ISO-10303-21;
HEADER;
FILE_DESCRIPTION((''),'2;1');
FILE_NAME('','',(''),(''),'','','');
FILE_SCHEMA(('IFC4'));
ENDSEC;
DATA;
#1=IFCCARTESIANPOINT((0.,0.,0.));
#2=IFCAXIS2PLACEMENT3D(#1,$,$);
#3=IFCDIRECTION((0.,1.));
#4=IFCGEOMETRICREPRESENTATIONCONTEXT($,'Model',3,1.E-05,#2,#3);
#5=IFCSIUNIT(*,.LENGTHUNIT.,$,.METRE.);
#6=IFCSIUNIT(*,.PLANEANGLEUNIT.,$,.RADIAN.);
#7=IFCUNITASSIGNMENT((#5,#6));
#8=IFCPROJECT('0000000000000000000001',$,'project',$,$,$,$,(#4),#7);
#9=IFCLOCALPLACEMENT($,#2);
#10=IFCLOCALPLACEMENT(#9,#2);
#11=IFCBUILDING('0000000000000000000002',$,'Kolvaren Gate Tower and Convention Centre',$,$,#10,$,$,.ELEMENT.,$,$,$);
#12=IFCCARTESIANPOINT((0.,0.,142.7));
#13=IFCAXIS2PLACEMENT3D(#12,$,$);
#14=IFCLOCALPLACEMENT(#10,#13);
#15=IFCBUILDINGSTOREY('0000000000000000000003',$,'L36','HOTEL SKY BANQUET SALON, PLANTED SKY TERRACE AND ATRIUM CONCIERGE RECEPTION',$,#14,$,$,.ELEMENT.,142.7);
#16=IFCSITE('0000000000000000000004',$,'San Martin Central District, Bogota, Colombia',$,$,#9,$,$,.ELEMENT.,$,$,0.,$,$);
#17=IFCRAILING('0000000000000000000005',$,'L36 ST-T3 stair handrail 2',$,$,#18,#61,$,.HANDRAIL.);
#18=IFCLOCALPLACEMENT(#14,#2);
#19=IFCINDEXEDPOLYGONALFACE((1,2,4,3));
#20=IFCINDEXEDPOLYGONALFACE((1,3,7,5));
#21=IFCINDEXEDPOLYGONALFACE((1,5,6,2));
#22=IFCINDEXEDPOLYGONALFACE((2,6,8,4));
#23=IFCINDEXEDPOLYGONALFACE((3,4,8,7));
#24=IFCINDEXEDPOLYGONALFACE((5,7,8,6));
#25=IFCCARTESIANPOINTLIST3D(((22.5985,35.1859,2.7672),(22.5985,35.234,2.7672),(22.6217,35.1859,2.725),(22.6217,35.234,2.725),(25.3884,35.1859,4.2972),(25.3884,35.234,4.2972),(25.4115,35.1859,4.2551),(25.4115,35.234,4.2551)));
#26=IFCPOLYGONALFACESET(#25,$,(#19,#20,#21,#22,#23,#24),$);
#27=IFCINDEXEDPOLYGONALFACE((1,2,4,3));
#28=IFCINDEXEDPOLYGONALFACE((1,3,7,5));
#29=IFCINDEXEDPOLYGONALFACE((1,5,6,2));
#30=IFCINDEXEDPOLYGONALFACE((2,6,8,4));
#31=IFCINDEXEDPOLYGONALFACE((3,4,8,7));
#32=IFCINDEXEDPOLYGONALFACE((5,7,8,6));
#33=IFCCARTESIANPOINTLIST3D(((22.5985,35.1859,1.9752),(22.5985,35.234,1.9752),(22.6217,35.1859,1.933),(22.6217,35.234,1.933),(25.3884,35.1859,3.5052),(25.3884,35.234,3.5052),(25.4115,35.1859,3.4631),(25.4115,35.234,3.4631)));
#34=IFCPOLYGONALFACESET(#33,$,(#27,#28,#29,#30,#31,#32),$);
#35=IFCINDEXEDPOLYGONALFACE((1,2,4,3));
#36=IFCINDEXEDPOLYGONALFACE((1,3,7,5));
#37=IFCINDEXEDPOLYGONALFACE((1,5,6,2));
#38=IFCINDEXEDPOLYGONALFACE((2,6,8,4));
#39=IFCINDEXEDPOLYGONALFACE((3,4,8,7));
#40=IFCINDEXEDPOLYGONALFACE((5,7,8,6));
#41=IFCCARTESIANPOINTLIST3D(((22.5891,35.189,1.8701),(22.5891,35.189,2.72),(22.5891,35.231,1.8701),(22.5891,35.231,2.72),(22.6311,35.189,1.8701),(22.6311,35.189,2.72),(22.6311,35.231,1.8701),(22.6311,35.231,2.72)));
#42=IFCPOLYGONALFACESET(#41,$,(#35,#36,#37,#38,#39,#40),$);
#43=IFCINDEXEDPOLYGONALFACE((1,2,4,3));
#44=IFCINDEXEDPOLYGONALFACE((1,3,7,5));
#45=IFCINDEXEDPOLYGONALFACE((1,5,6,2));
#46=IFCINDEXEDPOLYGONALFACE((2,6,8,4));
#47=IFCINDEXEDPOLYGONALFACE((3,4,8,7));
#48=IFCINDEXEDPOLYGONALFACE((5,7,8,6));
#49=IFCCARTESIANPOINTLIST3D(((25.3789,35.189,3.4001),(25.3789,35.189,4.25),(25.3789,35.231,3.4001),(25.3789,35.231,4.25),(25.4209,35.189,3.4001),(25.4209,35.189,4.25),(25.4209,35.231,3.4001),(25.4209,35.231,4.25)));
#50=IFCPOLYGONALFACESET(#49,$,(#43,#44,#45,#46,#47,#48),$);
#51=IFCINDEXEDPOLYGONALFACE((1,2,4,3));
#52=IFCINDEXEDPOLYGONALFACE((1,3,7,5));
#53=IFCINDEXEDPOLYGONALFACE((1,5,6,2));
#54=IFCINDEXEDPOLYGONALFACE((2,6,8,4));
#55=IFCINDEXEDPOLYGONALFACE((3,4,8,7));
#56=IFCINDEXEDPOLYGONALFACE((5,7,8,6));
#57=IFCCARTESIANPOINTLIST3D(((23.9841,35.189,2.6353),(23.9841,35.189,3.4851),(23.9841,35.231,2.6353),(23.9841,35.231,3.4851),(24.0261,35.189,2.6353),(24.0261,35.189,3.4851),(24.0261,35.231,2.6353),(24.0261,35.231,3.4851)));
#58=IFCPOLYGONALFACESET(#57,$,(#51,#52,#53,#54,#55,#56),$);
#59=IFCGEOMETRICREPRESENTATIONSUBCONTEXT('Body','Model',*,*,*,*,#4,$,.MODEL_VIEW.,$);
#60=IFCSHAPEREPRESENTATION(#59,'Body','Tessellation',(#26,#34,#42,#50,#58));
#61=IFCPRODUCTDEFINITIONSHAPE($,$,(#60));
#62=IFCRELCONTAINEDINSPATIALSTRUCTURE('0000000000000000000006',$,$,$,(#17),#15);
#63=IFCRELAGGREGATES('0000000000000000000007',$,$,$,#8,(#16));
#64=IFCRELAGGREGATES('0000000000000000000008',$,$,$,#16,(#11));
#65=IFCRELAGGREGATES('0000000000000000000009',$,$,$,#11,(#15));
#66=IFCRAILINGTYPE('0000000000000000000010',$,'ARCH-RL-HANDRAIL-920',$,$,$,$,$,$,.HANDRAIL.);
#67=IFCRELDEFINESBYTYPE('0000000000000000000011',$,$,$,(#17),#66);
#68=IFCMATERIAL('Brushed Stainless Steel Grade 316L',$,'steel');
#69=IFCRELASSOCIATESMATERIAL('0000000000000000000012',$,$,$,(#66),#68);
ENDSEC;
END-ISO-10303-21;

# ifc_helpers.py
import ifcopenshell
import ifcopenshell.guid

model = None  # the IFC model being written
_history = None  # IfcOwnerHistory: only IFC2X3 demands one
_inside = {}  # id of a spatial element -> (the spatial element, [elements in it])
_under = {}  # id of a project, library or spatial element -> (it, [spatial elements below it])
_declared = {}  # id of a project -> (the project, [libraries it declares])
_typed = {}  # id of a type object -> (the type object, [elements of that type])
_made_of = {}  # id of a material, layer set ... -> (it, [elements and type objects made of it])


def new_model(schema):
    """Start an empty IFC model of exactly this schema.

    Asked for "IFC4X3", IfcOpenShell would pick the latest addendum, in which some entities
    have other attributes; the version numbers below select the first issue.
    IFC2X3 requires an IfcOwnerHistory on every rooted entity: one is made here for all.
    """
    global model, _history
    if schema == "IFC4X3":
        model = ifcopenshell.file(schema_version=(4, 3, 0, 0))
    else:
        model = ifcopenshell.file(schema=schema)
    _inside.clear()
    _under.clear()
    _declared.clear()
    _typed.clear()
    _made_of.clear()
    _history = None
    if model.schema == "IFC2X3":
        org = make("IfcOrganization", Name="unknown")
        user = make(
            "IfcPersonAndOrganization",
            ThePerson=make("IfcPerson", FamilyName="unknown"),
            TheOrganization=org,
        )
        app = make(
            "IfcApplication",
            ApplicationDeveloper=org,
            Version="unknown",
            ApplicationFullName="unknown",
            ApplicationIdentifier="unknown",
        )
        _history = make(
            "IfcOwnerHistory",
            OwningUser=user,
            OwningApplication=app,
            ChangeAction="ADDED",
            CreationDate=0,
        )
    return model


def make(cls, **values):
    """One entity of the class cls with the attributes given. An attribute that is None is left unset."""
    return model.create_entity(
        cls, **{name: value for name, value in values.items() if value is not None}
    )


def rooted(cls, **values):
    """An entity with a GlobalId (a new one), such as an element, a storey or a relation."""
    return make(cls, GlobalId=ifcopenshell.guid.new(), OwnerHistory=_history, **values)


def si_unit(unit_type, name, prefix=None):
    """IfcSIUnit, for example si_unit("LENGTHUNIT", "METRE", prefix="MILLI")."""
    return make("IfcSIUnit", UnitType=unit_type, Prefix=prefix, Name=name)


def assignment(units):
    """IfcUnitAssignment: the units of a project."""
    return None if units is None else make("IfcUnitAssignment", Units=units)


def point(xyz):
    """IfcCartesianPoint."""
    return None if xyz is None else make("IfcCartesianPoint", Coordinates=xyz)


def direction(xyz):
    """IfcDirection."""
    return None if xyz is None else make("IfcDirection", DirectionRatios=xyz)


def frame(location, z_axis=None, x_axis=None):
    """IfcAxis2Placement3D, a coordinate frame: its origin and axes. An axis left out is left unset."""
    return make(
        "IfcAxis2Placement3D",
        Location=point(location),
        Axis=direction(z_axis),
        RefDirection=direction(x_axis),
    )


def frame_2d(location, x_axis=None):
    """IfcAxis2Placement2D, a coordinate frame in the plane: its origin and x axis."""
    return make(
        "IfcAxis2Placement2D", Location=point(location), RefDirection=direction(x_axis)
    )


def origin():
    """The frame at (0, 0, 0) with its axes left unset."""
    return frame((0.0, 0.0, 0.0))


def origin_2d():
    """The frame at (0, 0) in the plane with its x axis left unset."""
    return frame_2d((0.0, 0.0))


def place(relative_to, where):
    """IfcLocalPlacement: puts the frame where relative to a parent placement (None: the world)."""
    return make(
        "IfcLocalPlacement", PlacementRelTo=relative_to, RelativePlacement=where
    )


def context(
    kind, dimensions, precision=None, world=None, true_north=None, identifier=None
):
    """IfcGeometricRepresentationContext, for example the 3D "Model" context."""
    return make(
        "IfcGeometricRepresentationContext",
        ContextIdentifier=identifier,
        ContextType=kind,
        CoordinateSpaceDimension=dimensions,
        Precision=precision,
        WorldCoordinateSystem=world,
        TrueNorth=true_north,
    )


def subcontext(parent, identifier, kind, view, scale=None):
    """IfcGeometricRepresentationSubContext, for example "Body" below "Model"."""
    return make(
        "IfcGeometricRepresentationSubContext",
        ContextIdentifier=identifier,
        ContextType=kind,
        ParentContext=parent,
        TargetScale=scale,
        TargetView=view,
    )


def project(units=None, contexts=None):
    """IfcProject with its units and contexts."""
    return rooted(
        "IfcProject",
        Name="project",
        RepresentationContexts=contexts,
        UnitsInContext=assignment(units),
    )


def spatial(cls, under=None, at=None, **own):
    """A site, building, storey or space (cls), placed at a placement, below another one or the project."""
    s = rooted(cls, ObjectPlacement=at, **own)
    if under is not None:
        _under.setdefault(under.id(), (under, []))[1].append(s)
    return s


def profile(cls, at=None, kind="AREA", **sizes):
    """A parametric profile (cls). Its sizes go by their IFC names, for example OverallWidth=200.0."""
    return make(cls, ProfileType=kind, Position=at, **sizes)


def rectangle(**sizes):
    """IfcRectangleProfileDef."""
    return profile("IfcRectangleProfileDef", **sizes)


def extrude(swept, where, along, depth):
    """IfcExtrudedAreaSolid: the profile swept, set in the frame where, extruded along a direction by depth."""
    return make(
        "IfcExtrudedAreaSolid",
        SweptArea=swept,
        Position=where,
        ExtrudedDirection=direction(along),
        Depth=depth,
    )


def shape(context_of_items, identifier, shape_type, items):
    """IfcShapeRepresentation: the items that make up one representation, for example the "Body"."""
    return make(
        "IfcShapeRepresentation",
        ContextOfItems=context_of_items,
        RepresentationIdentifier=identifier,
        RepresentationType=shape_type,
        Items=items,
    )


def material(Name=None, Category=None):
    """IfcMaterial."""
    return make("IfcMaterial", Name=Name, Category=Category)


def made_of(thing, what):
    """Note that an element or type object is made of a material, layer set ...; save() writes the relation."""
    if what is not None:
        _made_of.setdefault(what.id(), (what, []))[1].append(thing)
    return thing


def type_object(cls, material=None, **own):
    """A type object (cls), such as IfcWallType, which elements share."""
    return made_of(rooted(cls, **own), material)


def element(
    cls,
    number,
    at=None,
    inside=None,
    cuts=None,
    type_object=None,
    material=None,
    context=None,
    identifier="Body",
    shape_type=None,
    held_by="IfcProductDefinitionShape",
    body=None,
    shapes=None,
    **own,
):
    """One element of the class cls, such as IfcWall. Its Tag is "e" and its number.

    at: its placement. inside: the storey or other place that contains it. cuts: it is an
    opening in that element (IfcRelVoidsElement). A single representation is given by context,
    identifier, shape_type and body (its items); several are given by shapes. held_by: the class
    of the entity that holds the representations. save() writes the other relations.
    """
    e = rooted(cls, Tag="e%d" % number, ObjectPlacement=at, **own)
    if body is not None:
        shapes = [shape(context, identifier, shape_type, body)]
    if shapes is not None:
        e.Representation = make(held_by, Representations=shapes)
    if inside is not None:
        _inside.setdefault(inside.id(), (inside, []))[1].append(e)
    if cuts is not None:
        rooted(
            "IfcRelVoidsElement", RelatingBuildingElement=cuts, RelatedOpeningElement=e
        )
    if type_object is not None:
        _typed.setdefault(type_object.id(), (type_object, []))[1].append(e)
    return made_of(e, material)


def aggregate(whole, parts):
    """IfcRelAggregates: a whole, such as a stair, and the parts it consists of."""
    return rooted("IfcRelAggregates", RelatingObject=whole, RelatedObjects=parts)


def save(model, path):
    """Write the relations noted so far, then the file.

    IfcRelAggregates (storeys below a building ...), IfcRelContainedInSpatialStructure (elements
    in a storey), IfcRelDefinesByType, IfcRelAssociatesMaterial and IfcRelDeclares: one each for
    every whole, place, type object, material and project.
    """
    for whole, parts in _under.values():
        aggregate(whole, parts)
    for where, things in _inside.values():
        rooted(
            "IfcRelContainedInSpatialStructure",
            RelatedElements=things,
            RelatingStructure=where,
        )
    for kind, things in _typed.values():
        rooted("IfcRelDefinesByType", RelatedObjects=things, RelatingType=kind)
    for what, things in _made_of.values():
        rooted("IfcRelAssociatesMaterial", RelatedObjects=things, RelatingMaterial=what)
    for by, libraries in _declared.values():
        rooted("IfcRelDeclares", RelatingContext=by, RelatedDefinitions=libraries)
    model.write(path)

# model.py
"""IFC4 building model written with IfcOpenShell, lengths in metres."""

from ifc_helpers import new_model, si_unit, direction, frame, origin, origin_2d, place, context, subcontext, project, spatial, rectangle, extrude, material, type_object, element, save


model = new_model("IFC4")

# Units and contexts
model_context = context("Model", 3, precision=1e-05, world=origin(), true_north=direction((0.0, 1.0)))
body_context = subcontext(model_context, "Body", "Model", "MODEL_VIEW")
ifc_project = project(units=[si_unit("LENGTHUNIT", "METRE"), si_unit("PLANEANGLEUNIT", "RADIAN")], contexts=[model_context])

# Site, building, storey
site_placement = place(None, origin())
site = spatial("IfcSite", under=ifc_project, at=site_placement, Name="San Martin Central District, Bogota, Colombia", CompositionType="ELEMENT", RefElevation=0.0)
building_placement = place(site_placement, origin())
building = spatial("IfcBuilding", under=site, at=building_placement, Name="Kolvaren Gate Tower and Convention Centre", CompositionType="ELEMENT")
storey_placement = place(building_placement, frame((0.0, 0.0, 142.7)))
storey = spatial("IfcBuildingStorey", under=building, at=storey_placement, Name="L36", Description="HOTEL SKY BANQUET SALON, PLANTED SKY TERRACE AND ATRIUM CONCIERGE RECEPTION", CompositionType="ELEMENT", Elevation=142.7)

# Shared definitions
ifc_material_1 = material(Name="Brushed Stainless Steel Grade 316L", Category="steel")

# Railing
railing_type_1 = type_object("IfcRailingType", Name="ARCH-RL-HANDRAIL-920", PredefinedType="HANDRAIL", material=ifc_material_1)
railing_1_placement = place(storey_placement, frame((22.6101, 35.21, 1.8701)))
element("IfcRailing", 1, at=railing_1_placement, inside=storey, type_object=railing_type_1, Name="L36 ST-T3 stair handrail 2", PredefinedType="HANDRAIL", context=body_context, shape_type="SweptSolid", body=[
    extrude(rectangle(XDim=0.0481, YDim=0.0481, at=origin_2d()), frame((0.0, 0.0, 0.876), z_axis=(0.876794, 0.0, 0.480867), x_axis=(0.0, 1.0, 0.0)), (0.0, 0.0, 1.0), 3.1819),
    extrude(rectangle(XDim=0.0481, YDim=0.0481, at=origin_2d()), frame((0.0, 0.0, 0.084), z_axis=(0.876794, 0.0, 0.480867), x_axis=(0.0, 1.0, 0.0)), (0.0, 0.0, 1.0), 3.1819),
    extrude(rectangle(XDim=0.042, YDim=0.042, at=origin_2d()), origin(), (0.0, 0.0, 1.0), 0.8499),
    extrude(rectangle(XDim=0.042, YDim=0.042, at=origin_2d()), frame((2.7898, 0.0, 1.53)), (0.0, 0.0, 1.0), 0.8499),
    extrude(rectangle(XDim=0.042, YDim=0.042, at=origin_2d()), frame((1.395, 0.0, 0.7651)), (0.0, 0.0, 1.0), 0.8499),
])

save(model, "model.ifc")
